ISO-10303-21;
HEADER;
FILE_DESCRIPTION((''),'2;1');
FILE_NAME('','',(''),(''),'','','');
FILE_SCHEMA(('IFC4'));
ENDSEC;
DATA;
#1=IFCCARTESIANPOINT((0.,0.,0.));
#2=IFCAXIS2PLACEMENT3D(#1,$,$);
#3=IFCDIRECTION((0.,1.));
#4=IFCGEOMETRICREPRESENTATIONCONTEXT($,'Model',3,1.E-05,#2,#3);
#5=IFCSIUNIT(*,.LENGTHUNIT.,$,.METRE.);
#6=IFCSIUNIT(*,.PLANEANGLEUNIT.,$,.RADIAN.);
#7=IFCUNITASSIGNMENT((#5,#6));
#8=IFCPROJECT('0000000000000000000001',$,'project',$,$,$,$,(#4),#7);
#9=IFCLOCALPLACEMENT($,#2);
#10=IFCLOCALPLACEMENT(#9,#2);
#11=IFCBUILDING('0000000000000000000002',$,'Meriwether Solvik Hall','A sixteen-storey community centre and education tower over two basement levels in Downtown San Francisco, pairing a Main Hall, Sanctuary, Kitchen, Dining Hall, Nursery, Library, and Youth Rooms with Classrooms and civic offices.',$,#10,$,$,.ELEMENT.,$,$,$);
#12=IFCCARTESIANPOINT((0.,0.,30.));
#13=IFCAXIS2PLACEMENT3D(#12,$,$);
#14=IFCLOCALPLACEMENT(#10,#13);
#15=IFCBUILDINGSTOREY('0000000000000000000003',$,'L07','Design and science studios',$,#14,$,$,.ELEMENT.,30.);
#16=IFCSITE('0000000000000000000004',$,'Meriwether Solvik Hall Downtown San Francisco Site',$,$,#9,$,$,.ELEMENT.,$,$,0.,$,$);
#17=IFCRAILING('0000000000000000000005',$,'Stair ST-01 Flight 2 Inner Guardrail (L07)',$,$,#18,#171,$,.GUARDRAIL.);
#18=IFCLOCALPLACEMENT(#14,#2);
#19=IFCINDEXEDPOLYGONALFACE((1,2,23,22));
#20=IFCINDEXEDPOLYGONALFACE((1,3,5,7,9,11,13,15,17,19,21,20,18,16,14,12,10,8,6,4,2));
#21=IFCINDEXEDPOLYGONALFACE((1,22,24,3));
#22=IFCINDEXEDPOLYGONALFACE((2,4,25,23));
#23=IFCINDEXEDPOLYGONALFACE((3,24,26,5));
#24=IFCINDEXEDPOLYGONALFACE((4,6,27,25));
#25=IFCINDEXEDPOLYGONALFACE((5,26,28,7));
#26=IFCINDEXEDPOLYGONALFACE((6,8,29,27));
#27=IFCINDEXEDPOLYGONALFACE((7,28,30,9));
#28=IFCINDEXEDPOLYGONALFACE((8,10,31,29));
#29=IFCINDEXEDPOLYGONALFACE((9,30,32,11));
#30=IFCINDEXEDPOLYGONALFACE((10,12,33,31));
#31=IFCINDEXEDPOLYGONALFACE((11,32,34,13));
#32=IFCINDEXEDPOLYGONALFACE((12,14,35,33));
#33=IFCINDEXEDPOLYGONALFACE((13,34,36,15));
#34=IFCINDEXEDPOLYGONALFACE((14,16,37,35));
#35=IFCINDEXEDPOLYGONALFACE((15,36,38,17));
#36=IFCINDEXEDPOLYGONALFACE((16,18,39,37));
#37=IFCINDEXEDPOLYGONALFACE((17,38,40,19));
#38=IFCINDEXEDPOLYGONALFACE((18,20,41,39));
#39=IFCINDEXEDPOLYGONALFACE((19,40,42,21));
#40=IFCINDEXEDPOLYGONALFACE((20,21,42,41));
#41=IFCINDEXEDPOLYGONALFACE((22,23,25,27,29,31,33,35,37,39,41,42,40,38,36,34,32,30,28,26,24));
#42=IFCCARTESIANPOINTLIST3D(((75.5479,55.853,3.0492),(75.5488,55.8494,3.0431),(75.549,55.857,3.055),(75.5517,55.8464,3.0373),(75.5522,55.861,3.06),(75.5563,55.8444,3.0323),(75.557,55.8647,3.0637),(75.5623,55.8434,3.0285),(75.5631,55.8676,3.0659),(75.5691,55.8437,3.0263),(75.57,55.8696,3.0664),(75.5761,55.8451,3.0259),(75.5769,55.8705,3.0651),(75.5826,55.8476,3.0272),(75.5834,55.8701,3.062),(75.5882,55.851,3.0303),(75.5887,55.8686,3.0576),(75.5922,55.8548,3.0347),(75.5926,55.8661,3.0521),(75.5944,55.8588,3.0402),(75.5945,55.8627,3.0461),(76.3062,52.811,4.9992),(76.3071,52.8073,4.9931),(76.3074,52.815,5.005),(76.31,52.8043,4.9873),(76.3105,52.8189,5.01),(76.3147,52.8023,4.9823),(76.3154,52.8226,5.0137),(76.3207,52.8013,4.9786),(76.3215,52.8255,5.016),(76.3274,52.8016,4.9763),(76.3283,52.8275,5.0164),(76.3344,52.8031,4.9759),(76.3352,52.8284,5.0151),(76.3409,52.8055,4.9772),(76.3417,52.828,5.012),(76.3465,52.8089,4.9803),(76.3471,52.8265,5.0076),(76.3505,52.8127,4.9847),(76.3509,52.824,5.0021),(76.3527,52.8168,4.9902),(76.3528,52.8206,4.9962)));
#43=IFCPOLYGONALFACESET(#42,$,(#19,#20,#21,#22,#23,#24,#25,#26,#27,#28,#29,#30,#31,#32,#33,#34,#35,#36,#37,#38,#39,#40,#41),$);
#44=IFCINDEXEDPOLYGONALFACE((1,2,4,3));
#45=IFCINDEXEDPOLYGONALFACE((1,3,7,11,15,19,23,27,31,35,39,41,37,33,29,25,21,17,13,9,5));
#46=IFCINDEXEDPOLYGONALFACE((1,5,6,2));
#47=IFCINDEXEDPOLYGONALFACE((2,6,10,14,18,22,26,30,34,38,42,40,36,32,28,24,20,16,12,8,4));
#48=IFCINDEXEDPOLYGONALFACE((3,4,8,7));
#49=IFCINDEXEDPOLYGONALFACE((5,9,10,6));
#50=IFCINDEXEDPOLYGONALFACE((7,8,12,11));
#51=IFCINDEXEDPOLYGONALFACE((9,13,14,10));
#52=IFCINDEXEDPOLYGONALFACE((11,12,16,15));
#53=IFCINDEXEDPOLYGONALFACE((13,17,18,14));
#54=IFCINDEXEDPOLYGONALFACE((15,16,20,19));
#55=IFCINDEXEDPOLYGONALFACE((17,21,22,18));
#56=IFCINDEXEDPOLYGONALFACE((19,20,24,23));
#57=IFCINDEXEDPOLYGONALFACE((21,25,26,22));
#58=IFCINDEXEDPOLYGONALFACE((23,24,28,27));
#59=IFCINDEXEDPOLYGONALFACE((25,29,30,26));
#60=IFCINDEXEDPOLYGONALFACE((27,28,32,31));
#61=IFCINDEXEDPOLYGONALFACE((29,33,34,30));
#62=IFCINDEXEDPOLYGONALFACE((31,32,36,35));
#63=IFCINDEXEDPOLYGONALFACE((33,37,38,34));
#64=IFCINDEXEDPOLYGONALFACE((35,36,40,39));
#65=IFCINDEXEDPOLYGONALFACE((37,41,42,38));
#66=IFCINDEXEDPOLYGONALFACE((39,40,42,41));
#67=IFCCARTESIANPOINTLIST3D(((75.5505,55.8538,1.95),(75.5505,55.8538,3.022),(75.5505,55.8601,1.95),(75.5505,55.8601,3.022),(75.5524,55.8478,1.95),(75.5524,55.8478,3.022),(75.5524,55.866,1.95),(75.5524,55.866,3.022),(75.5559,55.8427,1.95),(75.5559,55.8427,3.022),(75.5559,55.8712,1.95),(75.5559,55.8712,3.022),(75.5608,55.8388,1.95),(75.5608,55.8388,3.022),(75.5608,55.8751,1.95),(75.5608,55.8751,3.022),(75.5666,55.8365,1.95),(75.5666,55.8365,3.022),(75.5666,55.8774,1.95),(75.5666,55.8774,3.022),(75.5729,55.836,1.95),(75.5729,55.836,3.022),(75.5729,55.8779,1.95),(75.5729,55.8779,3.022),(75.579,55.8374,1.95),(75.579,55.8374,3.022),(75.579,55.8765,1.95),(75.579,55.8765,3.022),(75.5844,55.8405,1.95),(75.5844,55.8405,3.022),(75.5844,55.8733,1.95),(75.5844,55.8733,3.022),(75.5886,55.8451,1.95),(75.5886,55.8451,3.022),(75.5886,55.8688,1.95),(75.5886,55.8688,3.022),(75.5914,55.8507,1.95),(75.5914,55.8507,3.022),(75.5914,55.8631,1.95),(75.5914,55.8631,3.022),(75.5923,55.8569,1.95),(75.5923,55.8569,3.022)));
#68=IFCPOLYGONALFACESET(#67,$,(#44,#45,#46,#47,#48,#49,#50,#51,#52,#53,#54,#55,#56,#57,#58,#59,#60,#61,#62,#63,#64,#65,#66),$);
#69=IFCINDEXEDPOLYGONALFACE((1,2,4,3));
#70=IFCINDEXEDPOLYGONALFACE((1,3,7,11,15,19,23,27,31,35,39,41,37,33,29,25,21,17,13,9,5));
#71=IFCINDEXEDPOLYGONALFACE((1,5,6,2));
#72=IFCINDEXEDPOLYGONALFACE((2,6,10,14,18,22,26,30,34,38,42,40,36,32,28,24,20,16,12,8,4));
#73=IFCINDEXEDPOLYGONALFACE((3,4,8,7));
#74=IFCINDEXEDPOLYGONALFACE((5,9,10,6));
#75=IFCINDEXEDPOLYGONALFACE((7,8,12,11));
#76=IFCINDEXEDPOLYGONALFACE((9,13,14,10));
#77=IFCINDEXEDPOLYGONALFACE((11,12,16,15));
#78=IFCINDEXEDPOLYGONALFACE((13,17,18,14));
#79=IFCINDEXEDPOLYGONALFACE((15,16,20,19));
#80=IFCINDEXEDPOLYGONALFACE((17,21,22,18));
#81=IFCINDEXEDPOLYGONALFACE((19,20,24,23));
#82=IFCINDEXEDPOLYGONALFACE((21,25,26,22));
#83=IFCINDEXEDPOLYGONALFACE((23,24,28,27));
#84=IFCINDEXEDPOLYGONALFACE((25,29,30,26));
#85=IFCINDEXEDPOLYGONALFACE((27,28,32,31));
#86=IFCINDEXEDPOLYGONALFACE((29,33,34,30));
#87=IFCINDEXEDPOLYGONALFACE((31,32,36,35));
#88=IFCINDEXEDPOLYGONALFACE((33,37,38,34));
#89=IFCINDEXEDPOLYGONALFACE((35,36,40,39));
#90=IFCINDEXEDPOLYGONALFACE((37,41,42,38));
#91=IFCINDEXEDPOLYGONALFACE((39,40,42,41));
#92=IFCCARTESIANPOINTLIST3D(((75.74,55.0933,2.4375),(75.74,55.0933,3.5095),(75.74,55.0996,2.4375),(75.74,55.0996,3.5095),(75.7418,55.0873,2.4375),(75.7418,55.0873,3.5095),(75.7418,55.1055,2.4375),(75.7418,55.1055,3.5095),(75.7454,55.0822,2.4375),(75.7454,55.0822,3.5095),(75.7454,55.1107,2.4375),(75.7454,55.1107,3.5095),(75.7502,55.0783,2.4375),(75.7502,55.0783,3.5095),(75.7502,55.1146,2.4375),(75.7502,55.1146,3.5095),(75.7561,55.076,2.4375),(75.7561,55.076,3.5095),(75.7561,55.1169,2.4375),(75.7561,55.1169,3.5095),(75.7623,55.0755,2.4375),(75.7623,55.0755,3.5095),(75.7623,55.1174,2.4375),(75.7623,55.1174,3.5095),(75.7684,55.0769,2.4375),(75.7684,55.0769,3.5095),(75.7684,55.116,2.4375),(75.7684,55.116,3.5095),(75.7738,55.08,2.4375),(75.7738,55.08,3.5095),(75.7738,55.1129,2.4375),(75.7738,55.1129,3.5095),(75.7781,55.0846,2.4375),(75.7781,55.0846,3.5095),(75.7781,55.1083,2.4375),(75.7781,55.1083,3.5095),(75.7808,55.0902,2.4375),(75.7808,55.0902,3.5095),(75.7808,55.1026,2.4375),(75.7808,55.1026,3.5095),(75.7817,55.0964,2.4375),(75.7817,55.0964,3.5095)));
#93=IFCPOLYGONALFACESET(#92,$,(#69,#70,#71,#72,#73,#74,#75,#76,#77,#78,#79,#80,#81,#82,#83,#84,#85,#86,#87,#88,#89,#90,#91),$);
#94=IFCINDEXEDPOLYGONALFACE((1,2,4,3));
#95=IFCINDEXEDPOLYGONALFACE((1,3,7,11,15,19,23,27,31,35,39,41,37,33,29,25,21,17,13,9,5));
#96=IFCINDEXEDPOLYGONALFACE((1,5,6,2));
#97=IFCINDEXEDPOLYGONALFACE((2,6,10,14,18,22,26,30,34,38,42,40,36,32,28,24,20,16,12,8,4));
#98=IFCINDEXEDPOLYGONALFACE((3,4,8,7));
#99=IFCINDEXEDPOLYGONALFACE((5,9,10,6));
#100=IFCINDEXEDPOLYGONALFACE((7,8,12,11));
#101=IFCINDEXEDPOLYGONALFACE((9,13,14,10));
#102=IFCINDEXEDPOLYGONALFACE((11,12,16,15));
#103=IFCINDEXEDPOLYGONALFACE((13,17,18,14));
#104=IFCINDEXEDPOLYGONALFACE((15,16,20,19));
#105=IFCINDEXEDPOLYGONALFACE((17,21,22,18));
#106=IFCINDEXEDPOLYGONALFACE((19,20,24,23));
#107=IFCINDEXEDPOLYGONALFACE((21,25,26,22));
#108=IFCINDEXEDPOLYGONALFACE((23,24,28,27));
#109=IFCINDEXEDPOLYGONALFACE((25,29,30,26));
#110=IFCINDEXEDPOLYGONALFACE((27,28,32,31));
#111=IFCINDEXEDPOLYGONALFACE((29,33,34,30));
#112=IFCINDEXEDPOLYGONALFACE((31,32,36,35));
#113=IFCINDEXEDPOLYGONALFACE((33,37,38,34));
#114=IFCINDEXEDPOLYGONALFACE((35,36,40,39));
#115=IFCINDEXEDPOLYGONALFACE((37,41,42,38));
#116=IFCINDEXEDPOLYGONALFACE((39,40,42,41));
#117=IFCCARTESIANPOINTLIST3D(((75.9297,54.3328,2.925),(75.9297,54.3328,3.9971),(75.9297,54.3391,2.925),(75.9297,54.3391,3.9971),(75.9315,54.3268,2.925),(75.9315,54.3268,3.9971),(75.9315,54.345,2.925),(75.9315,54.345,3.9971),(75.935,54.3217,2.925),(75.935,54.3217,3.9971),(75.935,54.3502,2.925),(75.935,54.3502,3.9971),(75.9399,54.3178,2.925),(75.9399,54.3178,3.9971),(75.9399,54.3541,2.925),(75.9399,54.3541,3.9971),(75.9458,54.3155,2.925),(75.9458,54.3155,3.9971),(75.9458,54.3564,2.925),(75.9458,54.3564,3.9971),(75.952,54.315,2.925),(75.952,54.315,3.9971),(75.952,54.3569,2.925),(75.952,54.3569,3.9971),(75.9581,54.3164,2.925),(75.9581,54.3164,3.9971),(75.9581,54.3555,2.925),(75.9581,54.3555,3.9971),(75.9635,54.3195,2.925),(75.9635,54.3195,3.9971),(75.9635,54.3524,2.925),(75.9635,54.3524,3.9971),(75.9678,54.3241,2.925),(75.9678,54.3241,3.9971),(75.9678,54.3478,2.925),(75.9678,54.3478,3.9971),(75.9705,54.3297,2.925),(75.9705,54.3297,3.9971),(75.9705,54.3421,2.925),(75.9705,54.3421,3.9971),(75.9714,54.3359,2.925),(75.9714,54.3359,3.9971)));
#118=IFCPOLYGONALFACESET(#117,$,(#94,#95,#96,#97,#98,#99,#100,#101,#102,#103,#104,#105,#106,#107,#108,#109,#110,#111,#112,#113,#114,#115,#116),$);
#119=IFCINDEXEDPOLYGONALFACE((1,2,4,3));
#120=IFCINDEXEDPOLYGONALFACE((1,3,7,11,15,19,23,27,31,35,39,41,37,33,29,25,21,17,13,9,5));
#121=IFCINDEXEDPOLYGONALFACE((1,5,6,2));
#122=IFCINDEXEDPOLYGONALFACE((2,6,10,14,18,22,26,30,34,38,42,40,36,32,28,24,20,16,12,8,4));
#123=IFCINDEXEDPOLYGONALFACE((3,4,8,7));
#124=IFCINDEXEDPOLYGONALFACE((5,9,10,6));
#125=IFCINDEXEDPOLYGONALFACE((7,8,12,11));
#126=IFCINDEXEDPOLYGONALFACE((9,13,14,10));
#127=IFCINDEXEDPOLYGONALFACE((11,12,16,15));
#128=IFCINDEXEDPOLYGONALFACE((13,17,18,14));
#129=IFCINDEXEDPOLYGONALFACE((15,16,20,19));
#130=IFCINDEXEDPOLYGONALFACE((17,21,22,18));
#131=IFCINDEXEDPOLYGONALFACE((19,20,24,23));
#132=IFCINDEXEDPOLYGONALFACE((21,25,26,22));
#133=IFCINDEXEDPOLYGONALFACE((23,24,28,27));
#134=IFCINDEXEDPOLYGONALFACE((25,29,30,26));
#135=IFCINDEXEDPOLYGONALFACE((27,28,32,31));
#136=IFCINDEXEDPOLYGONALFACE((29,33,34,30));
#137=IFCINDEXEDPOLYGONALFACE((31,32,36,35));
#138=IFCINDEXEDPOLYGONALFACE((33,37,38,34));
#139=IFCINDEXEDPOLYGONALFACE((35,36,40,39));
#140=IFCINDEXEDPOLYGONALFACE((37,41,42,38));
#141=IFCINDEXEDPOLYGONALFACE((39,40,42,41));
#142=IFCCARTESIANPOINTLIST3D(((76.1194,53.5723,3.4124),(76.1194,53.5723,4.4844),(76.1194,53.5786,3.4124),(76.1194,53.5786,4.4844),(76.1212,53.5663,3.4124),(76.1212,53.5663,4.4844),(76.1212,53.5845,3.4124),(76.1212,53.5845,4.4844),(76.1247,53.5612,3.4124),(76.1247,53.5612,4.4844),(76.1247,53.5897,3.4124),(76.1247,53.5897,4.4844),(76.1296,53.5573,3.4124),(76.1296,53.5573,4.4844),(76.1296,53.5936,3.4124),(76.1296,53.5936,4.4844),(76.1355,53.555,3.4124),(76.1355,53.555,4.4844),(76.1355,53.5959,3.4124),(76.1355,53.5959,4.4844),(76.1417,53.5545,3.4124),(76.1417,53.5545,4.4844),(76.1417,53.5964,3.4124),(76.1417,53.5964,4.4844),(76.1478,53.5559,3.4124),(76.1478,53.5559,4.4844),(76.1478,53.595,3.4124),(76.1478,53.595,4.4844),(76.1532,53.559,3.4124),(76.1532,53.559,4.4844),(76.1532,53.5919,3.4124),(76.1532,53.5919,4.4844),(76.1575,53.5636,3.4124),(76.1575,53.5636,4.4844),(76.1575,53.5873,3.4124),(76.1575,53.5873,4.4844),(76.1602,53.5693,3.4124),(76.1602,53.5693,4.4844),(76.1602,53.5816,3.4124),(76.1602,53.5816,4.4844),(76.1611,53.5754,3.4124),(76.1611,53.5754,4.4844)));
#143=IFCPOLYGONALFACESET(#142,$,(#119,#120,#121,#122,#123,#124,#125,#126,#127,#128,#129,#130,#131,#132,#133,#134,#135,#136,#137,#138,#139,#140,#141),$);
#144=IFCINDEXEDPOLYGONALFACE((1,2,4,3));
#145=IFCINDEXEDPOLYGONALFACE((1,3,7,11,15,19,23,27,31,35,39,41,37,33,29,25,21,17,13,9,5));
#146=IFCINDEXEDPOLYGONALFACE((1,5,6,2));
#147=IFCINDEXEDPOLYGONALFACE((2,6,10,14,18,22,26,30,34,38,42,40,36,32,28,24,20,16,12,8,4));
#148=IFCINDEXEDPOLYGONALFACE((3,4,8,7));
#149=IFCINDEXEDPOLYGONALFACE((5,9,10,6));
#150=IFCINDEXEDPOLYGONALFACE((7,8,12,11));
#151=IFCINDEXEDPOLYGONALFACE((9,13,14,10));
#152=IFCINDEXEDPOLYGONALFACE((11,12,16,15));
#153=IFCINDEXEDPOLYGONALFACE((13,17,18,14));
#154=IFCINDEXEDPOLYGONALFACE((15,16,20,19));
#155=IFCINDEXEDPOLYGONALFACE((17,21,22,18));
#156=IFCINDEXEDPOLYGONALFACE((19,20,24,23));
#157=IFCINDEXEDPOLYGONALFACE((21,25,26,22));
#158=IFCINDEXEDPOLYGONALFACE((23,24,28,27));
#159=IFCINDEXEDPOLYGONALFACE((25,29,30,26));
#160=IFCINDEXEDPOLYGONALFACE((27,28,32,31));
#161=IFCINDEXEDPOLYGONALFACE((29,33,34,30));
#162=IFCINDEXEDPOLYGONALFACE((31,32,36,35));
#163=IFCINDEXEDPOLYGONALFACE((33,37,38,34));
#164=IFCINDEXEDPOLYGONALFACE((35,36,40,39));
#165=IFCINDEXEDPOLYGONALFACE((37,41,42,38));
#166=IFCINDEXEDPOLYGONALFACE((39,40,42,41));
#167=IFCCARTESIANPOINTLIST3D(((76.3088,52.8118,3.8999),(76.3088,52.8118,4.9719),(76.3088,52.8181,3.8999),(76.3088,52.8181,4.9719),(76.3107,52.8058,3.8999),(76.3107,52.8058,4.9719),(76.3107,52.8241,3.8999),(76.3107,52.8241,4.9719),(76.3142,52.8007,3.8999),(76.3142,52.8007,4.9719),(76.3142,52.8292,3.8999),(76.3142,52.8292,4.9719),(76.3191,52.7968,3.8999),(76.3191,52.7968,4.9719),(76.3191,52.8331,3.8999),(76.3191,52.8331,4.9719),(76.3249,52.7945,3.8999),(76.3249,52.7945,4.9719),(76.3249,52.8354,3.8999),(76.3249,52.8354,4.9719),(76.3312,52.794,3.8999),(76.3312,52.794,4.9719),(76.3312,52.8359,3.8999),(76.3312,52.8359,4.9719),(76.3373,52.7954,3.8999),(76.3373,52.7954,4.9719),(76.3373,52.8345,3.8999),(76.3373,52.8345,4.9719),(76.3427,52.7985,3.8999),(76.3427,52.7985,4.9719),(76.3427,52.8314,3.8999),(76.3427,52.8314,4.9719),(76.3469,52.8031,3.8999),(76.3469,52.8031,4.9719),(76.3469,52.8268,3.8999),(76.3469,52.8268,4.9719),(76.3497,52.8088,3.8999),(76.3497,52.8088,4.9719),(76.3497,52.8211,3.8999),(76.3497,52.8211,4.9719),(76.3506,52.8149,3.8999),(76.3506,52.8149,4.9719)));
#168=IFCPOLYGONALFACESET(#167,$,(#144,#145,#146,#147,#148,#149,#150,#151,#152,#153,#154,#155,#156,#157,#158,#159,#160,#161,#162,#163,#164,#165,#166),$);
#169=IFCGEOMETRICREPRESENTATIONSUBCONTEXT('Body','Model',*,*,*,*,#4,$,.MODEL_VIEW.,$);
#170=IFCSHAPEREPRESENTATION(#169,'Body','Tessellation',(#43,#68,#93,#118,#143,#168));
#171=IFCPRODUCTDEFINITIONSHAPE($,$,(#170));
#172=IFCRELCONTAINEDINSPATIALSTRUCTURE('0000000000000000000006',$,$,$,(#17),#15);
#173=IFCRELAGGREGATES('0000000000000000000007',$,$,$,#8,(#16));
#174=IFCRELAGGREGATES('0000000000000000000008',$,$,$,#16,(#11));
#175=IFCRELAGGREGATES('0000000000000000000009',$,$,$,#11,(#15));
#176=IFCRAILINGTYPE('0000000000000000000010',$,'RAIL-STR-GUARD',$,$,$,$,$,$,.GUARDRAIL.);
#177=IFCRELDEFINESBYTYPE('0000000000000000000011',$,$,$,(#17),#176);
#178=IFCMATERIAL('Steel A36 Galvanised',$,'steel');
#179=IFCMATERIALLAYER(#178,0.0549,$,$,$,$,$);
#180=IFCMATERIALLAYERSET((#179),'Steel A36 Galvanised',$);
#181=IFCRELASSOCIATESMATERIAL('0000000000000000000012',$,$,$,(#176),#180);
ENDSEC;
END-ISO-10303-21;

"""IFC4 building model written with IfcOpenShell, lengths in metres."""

from ifc_helpers import new_model, si_unit, direction, frame, origin, origin_2d, place, context, subcontext, project, spatial, circle, extrude, material, layer, layer_set, type_object, element, save


model = new_model("IFC4")

# Units and contexts
model_context = context("Model", 3, precision=1e-05, world=origin(), true_north=direction((0.0, 1.0)))
body_context = subcontext(model_context, "Body", "Model", "MODEL_VIEW")
ifc_project = project(units=[si_unit("LENGTHUNIT", "METRE"), si_unit("PLANEANGLEUNIT", "RADIAN")], contexts=[model_context])

# Site, building, storey
site_placement = place(None, origin())
site = spatial("IfcSite", under=ifc_project, at=site_placement, Name="Meriwether Solvik Hall Downtown San Francisco Site", CompositionType="ELEMENT", RefElevation=0.0)
building_placement = place(site_placement, origin())
building = spatial("IfcBuilding", under=site, at=building_placement, Name="Meriwether Solvik Hall", Description="A sixteen-storey community centre and education tower over two basement levels in Downtown San Francisco, pairing a Main Hall, Sanctuary, Kitchen, Dining Hall, Nursery, Library, and Youth Rooms with Classrooms and civic offices.", CompositionType="ELEMENT")
storey_placement = place(building_placement, frame((0.0, 0.0, 30.0)))
storey = spatial("IfcBuildingStorey", under=building, at=storey_placement, Name="L07", Description="Design and science studios", CompositionType="ELEMENT", Elevation=30.0)

# Railing
ifc_material_1 = material(Name="Steel A36 Galvanised", Category="steel")
ifc_layer_1 = layer(ifc_material_1, 0.0549)
ifc_layer_set_1 = layer_set([ifc_layer_1], Name="Steel A36 Galvanised")
railing_type_1 = type_object("IfcRailingType", Name="RAIL-STR-GUARD", PredefinedType="GUARDRAIL", material=ifc_layer_set_1)
railing_1_placement = place(storey_placement, frame((75.5713, 55.8569, 1.95)))
element("IfcRailing", 1, at=railing_1_placement, inside=storey, type_object=railing_type_1, Name="Stair ST-01 Flight 2 Inner Guardrail (L07)", PredefinedType="GUARDRAIL", context=body_context, shape_type="SweptSolid", body=[
    extrude(circle(Radius=0.0239, at=origin_2d()), frame((0.0, 0.0, 1.0962), z_axis=(0.205389, -0.823936, 0.528152), x_axis=(0.970307, 0.241876, 0.0)), (0.0, 0.0, 1.0), 3.6921),
    extrude(circle(Radius=0.021, at=origin_2d()), origin(), (0.0, 0.0, 1.0), 1.072),
    extrude(circle(Radius=0.021, at=origin_2d()), frame((0.1895, -0.7605, 0.4875)), (0.0, 0.0, 1.0), 1.072),
    extrude(circle(Radius=0.021, at=origin_2d()), frame((0.3792, -1.521, 0.9751)), (0.0, 0.0, 1.0), 1.072),
    extrude(circle(Radius=0.021, at=origin_2d()), frame((0.5688, -2.2815, 1.4624)), (0.0, 0.0, 1.0), 1.072),
    extrude(circle(Radius=0.021, at=origin_2d()), frame((0.7583, -3.042, 1.95)), (0.0, 0.0, 1.0), 1.072),
])

save(model, "model.ifc")
